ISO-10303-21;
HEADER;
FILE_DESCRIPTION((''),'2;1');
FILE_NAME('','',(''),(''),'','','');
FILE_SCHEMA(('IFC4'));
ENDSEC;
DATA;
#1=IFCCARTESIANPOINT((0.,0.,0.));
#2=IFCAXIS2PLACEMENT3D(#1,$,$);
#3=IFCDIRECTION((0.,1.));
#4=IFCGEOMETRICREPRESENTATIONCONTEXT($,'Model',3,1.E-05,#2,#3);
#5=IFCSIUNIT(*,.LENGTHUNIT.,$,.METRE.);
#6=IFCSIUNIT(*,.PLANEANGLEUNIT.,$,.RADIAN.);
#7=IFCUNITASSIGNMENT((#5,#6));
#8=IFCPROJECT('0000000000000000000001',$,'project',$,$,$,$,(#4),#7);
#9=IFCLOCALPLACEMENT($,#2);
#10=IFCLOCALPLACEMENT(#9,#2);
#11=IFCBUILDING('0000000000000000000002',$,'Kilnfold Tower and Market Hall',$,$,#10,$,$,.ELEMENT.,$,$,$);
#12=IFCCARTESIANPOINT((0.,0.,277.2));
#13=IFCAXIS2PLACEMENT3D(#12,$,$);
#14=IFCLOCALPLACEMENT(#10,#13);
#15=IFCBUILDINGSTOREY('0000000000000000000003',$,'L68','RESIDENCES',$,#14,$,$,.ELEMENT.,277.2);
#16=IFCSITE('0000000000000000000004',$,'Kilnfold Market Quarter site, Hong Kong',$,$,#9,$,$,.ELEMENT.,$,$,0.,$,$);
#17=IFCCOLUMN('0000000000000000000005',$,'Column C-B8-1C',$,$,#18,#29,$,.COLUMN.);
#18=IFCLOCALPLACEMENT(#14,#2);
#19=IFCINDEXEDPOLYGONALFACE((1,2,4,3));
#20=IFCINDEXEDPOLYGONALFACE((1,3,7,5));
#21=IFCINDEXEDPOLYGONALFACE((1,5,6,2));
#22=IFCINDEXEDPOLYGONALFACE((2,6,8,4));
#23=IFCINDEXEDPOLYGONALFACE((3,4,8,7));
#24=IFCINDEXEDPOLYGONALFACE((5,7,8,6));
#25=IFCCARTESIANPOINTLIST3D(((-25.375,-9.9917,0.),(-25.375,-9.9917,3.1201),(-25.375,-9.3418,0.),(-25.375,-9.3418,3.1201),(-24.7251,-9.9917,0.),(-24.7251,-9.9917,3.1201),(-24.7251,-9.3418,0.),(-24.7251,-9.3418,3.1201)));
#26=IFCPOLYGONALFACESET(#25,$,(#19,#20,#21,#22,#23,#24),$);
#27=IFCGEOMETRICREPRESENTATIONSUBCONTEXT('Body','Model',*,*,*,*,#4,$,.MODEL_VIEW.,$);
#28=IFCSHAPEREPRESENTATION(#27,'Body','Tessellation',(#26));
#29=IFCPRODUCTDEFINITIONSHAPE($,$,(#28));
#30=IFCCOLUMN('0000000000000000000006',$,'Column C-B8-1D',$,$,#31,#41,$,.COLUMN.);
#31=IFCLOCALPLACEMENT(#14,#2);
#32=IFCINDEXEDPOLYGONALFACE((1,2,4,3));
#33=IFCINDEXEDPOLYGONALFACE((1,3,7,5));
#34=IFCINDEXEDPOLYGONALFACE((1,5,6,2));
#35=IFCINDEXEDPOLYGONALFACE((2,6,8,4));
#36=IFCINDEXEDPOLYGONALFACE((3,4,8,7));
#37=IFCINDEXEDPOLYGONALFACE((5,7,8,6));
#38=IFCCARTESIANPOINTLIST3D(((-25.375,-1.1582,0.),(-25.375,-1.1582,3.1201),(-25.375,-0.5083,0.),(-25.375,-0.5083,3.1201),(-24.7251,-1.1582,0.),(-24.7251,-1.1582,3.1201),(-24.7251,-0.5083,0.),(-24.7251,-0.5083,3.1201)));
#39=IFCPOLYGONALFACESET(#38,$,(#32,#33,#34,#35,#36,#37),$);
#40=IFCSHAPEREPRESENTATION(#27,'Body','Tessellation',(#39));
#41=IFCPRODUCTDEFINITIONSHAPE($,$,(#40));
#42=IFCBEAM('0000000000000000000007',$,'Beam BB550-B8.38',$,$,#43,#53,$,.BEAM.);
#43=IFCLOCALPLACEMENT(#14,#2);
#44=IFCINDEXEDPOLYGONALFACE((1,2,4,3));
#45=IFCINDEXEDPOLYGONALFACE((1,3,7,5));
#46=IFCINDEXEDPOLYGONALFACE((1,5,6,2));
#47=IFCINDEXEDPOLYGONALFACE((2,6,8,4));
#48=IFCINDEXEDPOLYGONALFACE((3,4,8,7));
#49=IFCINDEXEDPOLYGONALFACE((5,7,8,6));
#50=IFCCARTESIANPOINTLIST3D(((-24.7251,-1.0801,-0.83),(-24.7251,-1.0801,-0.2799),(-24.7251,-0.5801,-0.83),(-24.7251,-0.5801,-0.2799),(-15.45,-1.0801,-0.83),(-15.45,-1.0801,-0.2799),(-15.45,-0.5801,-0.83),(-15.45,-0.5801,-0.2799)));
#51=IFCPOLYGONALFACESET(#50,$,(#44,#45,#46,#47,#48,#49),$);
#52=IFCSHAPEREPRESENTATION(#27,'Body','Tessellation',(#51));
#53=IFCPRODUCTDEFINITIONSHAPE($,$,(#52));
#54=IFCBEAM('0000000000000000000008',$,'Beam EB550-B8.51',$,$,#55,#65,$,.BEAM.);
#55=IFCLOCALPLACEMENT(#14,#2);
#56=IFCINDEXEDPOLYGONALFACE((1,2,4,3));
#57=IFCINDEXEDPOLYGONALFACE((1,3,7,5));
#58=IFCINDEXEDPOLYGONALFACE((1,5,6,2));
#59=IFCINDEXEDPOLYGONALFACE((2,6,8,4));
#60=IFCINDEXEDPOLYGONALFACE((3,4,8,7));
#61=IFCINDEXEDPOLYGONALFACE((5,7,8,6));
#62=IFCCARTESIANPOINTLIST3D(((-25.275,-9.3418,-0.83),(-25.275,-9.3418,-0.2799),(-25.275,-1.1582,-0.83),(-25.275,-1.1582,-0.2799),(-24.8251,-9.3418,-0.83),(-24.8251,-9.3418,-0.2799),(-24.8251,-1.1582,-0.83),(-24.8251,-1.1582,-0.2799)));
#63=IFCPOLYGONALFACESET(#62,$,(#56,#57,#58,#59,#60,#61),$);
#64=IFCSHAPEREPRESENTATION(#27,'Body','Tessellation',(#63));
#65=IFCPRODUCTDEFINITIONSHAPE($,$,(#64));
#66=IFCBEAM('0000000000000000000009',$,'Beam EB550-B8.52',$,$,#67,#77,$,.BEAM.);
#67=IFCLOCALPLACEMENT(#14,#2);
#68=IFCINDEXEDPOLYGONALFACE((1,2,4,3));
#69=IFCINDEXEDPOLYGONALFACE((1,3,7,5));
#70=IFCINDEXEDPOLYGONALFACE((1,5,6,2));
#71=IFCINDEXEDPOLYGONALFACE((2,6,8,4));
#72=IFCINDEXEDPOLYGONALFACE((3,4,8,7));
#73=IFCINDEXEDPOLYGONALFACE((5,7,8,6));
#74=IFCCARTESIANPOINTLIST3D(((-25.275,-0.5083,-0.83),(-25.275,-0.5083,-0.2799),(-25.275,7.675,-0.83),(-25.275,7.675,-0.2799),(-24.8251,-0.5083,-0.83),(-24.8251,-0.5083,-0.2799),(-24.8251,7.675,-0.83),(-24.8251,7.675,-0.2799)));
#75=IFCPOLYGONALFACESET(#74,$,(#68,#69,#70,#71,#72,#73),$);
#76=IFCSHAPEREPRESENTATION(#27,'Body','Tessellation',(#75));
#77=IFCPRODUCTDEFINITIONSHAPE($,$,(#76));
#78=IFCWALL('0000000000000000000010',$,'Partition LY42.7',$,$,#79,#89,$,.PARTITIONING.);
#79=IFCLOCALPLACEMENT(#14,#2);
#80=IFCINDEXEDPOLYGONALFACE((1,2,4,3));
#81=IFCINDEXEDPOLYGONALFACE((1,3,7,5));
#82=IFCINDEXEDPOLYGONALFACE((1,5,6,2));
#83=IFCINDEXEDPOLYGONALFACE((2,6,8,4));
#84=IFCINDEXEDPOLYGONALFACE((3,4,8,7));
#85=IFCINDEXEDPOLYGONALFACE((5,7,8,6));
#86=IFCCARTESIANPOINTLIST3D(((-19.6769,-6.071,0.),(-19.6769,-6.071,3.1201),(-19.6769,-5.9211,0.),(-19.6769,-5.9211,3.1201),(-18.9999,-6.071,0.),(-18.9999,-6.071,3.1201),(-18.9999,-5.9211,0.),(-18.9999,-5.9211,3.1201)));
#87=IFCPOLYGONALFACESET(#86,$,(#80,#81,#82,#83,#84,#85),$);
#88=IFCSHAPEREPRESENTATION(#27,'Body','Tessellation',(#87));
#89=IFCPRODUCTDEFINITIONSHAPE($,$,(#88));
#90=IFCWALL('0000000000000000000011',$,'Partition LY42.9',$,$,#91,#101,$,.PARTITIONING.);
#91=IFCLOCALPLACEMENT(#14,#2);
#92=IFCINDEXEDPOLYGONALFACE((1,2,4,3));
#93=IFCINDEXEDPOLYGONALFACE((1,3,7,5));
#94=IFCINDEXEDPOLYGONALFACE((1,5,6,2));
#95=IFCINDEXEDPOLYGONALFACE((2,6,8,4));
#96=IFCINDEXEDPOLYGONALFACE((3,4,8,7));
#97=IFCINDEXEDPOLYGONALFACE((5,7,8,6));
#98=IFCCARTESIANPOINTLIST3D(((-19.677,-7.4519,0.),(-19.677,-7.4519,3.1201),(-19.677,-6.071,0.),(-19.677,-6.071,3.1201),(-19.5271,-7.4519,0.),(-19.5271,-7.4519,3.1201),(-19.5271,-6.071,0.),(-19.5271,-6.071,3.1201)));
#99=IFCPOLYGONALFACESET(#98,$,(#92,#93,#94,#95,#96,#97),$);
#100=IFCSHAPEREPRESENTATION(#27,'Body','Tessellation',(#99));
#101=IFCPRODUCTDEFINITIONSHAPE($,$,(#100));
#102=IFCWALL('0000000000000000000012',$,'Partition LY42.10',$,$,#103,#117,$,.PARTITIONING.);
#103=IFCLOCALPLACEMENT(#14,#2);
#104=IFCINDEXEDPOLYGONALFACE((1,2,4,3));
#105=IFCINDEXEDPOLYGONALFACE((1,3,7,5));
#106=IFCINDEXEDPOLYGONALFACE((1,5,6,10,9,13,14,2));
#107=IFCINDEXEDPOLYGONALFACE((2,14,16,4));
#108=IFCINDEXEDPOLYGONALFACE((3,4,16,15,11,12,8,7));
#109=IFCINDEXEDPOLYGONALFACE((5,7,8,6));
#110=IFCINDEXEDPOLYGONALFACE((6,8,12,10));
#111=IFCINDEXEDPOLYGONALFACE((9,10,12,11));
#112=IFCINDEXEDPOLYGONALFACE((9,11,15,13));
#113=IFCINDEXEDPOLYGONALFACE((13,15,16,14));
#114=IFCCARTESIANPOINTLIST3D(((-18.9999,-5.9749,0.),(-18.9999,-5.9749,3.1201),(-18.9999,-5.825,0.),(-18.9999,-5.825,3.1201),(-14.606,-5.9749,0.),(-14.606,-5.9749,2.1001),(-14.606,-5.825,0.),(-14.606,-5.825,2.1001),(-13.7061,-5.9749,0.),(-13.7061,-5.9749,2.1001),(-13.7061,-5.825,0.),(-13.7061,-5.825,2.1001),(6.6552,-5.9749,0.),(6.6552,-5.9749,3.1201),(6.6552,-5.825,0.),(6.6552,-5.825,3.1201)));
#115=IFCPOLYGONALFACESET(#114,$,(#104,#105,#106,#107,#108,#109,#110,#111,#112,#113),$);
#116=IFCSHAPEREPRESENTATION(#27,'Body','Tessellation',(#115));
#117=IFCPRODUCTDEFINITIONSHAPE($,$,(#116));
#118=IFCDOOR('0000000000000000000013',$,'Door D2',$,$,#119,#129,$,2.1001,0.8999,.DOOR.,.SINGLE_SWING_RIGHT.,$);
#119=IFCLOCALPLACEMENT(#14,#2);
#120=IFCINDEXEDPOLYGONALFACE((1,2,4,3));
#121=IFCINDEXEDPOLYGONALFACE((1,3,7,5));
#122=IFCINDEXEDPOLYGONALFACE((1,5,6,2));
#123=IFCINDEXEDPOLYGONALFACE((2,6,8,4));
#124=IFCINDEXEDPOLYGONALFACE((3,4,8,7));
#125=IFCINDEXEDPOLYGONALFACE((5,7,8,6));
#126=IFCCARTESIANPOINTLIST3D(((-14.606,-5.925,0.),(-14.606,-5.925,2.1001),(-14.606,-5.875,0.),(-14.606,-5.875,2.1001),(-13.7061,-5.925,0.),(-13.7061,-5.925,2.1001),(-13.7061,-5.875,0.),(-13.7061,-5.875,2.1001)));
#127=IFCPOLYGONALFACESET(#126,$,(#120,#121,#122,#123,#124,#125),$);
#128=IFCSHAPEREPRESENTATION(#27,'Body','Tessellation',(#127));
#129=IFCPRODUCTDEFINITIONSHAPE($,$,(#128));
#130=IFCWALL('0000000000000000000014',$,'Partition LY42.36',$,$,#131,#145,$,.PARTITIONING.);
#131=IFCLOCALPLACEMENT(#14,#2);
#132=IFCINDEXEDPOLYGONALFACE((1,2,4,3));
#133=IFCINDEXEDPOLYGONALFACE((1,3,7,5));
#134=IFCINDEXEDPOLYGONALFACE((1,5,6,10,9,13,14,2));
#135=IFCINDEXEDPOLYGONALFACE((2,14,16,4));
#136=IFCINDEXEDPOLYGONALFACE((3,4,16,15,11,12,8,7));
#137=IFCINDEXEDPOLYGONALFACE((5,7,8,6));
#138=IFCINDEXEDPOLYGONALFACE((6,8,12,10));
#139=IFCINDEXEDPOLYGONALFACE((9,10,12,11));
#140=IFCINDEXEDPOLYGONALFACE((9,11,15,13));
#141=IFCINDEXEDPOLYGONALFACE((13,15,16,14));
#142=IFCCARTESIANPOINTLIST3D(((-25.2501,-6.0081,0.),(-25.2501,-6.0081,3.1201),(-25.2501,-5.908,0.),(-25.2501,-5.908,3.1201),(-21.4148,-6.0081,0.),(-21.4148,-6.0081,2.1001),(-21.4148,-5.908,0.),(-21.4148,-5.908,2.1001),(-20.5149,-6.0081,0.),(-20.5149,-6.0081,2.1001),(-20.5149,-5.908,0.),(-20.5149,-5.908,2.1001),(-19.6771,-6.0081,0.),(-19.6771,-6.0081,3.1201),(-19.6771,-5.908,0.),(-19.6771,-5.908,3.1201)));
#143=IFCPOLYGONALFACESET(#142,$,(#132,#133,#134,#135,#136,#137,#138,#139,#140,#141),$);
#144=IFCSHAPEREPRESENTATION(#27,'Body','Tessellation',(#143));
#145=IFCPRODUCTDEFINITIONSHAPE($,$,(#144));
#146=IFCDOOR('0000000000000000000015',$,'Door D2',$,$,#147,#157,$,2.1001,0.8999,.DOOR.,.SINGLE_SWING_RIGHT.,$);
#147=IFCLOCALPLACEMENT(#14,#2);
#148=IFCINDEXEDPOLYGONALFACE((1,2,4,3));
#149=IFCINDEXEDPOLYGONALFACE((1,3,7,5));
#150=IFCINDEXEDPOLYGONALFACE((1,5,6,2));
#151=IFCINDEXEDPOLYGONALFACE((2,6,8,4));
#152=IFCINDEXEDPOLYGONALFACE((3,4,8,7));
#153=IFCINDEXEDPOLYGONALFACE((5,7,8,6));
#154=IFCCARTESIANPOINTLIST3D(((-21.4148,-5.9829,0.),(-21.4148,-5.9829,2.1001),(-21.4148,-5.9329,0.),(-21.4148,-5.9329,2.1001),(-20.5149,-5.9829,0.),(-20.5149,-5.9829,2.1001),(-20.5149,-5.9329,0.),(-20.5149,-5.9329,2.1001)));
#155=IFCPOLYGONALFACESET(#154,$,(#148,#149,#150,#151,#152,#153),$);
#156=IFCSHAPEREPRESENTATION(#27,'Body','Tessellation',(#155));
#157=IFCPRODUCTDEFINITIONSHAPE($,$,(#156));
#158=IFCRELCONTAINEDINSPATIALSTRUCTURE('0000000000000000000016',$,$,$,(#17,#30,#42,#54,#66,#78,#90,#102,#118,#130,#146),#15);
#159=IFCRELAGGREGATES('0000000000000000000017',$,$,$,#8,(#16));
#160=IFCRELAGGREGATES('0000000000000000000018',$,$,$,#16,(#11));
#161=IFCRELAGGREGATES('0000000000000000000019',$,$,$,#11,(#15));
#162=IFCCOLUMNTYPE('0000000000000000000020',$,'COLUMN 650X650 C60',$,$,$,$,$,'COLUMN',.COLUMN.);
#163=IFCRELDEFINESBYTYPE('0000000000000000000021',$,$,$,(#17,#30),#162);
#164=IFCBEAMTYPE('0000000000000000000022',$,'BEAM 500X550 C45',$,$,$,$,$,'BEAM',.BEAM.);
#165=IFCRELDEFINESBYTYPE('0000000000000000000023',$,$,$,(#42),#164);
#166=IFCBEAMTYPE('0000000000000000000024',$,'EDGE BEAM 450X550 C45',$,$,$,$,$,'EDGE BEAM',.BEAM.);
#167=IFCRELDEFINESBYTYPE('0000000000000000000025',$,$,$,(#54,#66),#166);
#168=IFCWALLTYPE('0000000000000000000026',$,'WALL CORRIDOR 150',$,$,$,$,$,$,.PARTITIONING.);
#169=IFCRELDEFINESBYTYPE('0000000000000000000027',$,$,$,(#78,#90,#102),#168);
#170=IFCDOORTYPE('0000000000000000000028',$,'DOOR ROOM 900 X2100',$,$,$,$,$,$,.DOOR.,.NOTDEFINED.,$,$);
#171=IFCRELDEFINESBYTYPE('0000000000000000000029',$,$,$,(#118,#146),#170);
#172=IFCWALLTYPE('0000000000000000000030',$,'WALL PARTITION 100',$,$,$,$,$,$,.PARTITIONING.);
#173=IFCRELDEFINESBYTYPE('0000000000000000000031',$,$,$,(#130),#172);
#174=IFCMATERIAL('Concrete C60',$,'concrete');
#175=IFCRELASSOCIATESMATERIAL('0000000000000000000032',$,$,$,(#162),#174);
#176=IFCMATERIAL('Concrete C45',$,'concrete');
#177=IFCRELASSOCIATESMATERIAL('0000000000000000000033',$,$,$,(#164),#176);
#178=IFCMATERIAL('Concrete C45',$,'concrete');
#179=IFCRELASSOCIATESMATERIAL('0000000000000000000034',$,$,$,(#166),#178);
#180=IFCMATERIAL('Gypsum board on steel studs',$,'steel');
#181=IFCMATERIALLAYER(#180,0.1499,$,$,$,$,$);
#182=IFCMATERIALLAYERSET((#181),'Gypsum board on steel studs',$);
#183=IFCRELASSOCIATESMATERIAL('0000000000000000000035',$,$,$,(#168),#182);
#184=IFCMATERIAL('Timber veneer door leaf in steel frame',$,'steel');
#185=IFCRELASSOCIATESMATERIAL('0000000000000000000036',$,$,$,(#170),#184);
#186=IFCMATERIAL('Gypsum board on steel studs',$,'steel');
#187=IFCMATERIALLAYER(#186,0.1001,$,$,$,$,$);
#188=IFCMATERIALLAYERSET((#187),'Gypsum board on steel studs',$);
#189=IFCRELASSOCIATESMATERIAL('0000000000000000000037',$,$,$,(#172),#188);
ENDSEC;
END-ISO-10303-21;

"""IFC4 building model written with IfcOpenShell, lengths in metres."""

from ifc_helpers import new_model, si_unit, direction, frame, frame_2d, origin, origin_2d, place, context, subcontext, project, spatial, rectangle, extrude, source, transform, mapped, material, layer, layer_set, material_profile, profile_set, type_object, element, fill, save


model = new_model("IFC4")

# Units and contexts
model_context = context("Model", 3, precision=1e-05, world=origin(), true_north=direction((0.0, 1.0)))
body_context = subcontext(model_context, "Body", "Model", "MODEL_VIEW")
ifc_project = project(units=[si_unit("LENGTHUNIT", "METRE"), si_unit("PLANEANGLEUNIT", "RADIAN")], contexts=[model_context])

# Site, building, storey
site_placement = place(None, origin())
site = spatial("IfcSite", under=ifc_project, at=site_placement, Name="Kilnfold Market Quarter site, Hong Kong", CompositionType="ELEMENT", RefElevation=0.0)
building_placement = place(site_placement, origin())
building = spatial("IfcBuilding", under=site, at=building_placement, Name="Kilnfold Tower and Market Hall", CompositionType="ELEMENT")
storey_placement = place(building_placement, frame((0.0, 0.0, 277.2)))
storey = spatial("IfcBuildingStorey", under=building, at=storey_placement, Name="L68", Description="RESIDENCES", CompositionType="ELEMENT", Elevation=277.2)

# Columns
ifc_material_1 = material(Name="Concrete C60", Category="concrete")
ifc_material_profile_1 = material_profile(ifc_material_1, rectangle(XDim=0.6499, YDim=0.6499, at=origin_2d()), Name="RC 650x650")
ifc_profile_set_1 = profile_set([ifc_material_profile_1], Name="Concrete C60")
column_type = type_object("IfcColumnType", Name="COLUMN 650X650 C60", ElementType="COLUMN", PredefinedType="COLUMN", material=ifc_profile_set_1)
shared_shape_1 = source(origin(), body_context, "Body", "SweptSolid", [
    extrude(rectangle(XDim=0.6499, YDim=0.6499, at=origin_2d()), origin(), (0.0, 0.0, 1.0), 3.1201),
])
for number, where, z_axis, x_axis, name in (
    (1, (-25.05, -9.6667, 0.0), (0.0, 0.0, 1.0), (1.0, 0.0, 0.0), "Column C-B8-1C"),
    (2, (-25.05, -0.8333, 0.0), (0.0, 0.0, 1.0), (1.0, 0.0, 0.0), "Column C-B8-1D"),
):
    element("IfcColumn", number, at=place(storey_placement, frame(where, z_axis=z_axis, x_axis=x_axis)), inside=storey, type_object=column_type, Name=name, PredefinedType="COLUMN", context=body_context, shape_type="MappedRepresentation", body=[
        mapped(shared_shape_1, transform((0.0, 0.0, 0.0))),
    ])

# Beams
ifc_material_2 = material(Name="Concrete C45", Category="concrete")
ifc_material_profile_2 = material_profile(ifc_material_2, rectangle(XDim=0.5, YDim=0.55, at=origin_2d()), Name="RC 500x550")
ifc_profile_set_2 = profile_set([ifc_material_profile_2], Name="Concrete C45")
beam_type_1 = type_object("IfcBeamType", Name="BEAM 500X550 C45", ElementType="BEAM", PredefinedType="BEAM", material=ifc_profile_set_2)
shared_shape_2 = source(origin(), body_context, "Body", "SweptSolid", [
    extrude(rectangle(XDim=0.5, YDim=0.55, at=origin_2d()), origin(), (0.0, 0.0, 1.0), 9.2751),
])
beam_1_placement = place(storey_placement, frame((-24.7251, -0.8301, -0.5549), z_axis=(1.0, 0.0, 0.0), x_axis=(0.0, 1.0, 0.0)))
element("IfcBeam", 3, at=beam_1_placement, inside=storey, type_object=beam_type_1, Name="Beam BB550-B8.38", PredefinedType="BEAM", context=body_context, shape_type="MappedRepresentation", body=[
    mapped(shared_shape_2, transform((0.0, 0.0, 0.0))),
])
ifc_material_3 = material(Name="Concrete C45", Category="concrete")
ifc_material_profile_3 = material_profile(ifc_material_3, rectangle(XDim=0.45, YDim=0.55, at=origin_2d()), Name="RC 450x550")
ifc_profile_set_3 = profile_set([ifc_material_profile_3], Name="Concrete C45")
beam_type_2 = type_object("IfcBeamType", Name="EDGE BEAM 450X550 C45", ElementType="EDGE BEAM", PredefinedType="BEAM", material=ifc_profile_set_3)
shared_shape_3 = source(origin(), body_context, "Body", "SweptSolid", [
    extrude(rectangle(XDim=0.45, YDim=0.55, at=origin_2d()), origin(), (0.0, 0.0, 1.0), 8.1836),
])
beam_2_placement = place(storey_placement, frame((-25.05, -9.3418, -0.5549), z_axis=(0.0, 1.0, 0.0), x_axis=(-1.0, 0.0, 0.0)))
element("IfcBeam", 4, at=beam_2_placement, inside=storey, type_object=beam_type_2, Name="Beam EB550-B8.51", PredefinedType="BEAM", context=body_context, shape_type="MappedRepresentation", body=[
    mapped(shared_shape_3, transform((0.0, 0.0, 0.0))),
])
shared_shape_4 = source(origin(), body_context, "Body", "SweptSolid", [
    extrude(rectangle(XDim=0.45, YDim=0.55, at=origin_2d()), origin(), (0.0, 0.0, 1.0), 8.1833),
])
beam_3_placement = place(storey_placement, frame((-25.05, -0.5083, -0.5549), z_axis=(0.0, 1.0, 0.0), x_axis=(-1.0, 0.0, 0.0)))
element("IfcBeam", 5, at=beam_3_placement, inside=storey, type_object=beam_type_2, Name="Beam EB550-B8.52", PredefinedType="BEAM", context=body_context, shape_type="MappedRepresentation", body=[
    mapped(shared_shape_4, transform((0.0, 0.0, 0.0))),
])

# Walls
ifc_material_4 = material(Name="Gypsum board on steel studs", Category="steel")
ifc_layer_1 = layer(ifc_material_4, 0.1499)
ifc_layer_set_1 = layer_set([ifc_layer_1], Name="Gypsum board on steel studs")
wall_type_1 = type_object("IfcWallType", Name="WALL CORRIDOR 150", PredefinedType="PARTITIONING", material=ifc_layer_set_1)
wall_1_placement = place(storey_placement, frame((-19.0, -5.9961, 0.0), z_axis=(0.0, 0.0, 1.0), x_axis=(-1.0, 0.0, 0.0)))
element("IfcWall", 6, at=wall_1_placement, inside=storey, type_object=wall_type_1, Name="Partition LY42.7", PredefinedType="PARTITIONING", context=body_context, shape_type="SweptSolid", body=[
    extrude(rectangle(XDim=0.677, YDim=0.1499, at=frame_2d((0.3384, 0.0))), origin(), (0.0, 0.0, 1.0), 3.1201),
])
wall_2_placement = place(storey_placement, frame((-19.6021, -7.4519, 0.0), z_axis=(0.0, 0.0, 1.0), x_axis=(0.0, 1.0, 0.0)))
element("IfcWall", 7, at=wall_2_placement, inside=storey, type_object=wall_type_1, Name="Partition LY42.9", PredefinedType="PARTITIONING", context=body_context, shape_type="SweptSolid", body=[
    extrude(rectangle(XDim=1.3809, YDim=0.1499, at=frame_2d((0.6904, 0.0))), origin(), (0.0, 0.0, 1.0), 3.1201),
])

# Walls, openings, doors
wall_3_placement = place(storey_placement, frame((-19.0, -5.8999, 0.0), z_axis=(0.0, 0.0, 1.0), x_axis=(1.0, 0.0, 0.0)))
wall_3 = element("IfcWall", 8, at=wall_3_placement, inside=storey, type_object=wall_type_1, Name="Partition LY42.10", PredefinedType="PARTITIONING", context=body_context, shape_type="SweptSolid", body=[
    extrude(rectangle(XDim=25.655, YDim=0.1499, at=frame_2d((12.8276, 0.0))), origin(), (0.0, 0.0, 1.0), 3.1201),
])
opening_1_placement = place(wall_3_placement, frame((4.394, 0.0, 0.0)))
opening_1 = element("IfcOpeningElement", 9, at=opening_1_placement, cuts=wall_3, PredefinedType="OPENING", context=body_context, shape_type="SweptSolid", body=[
    extrude(rectangle(XDim=0.8999, YDim=2.1001, at=frame_2d((0.45, 1.05))), frame((0.0, 0.085, 0.0), z_axis=(0.0, -1.0, 0.0), x_axis=(1.0, 0.0, 0.0)), (0.0, 0.0, 1.0), 0.1699),
])
ifc_material_5 = material(Name="Timber veneer door leaf in steel frame", Category="steel")
door_type_1 = type_object("IfcDoorType", Name="DOOR ROOM 900 X2100", OperationType="NOTDEFINED", PredefinedType="DOOR", material=ifc_material_5)
door_1_placement = place(opening_1_placement, origin())
door_1 = element("IfcDoor", 10, at=door_1_placement, inside=storey, type_object=door_type_1, Name="Door D2", OperationType="SINGLE_SWING_RIGHT", OverallHeight=2.1001, OverallWidth=0.8999, PredefinedType="DOOR", context=body_context, shape_type="SweptSolid", body=[
    extrude(rectangle(XDim=0.8999, YDim=2.1001, at=frame_2d((0.45, 1.05))), frame((0.0, 0.0249, 0.0), z_axis=(0.0, -1.0, 0.0), x_axis=(1.0, 0.0, 0.0)), (0.0, 0.0, 1.0), 0.05),
])
fill(opening_1, door_1)
ifc_material_6 = material(Name="Gypsum board on steel studs", Category="steel")
ifc_layer_2 = layer(ifc_material_6, 0.1001)
ifc_layer_set_2 = layer_set([ifc_layer_2], Name="Gypsum board on steel studs")
wall_type_2 = type_object("IfcWallType", Name="WALL PARTITION 100", PredefinedType="PARTITIONING", material=ifc_layer_set_2)
wall_4_placement = place(storey_placement, frame((-19.677, -5.958, 0.0), z_axis=(0.0, 0.0, 1.0), x_axis=(-1.0, 0.0, 0.0)))
wall_4 = element("IfcWall", 11, at=wall_4_placement, inside=storey, type_object=wall_type_2, Name="Partition LY42.36", PredefinedType="PARTITIONING", context=body_context, shape_type="SweptSolid", body=[
    extrude(rectangle(XDim=5.573, YDim=0.1001, at=frame_2d((2.7866, 0.0))), origin(), (0.0, 0.0, 1.0), 3.1201),
])
opening_2_placement = place(wall_4_placement, frame((0.8379, 0.0, 0.0)))
opening_2 = element("IfcOpeningElement", 12, at=opening_2_placement, cuts=wall_4, PredefinedType="OPENING", context=body_context, shape_type="SweptSolid", body=[
    extrude(rectangle(XDim=0.8999, YDim=2.1001, at=frame_2d((0.45, 1.05))), frame((0.0, 0.0601, 0.0), z_axis=(0.0, -1.0, 0.0), x_axis=(1.0, 0.0, 0.0)), (0.0, 0.0, 1.0), 0.1201),
])
door_2_placement = place(opening_2_placement, origin())
door_2 = element("IfcDoor", 13, at=door_2_placement, inside=storey, type_object=door_type_1, Name="Door D2", OperationType="SINGLE_SWING_RIGHT", OverallHeight=2.1001, OverallWidth=0.8999, PredefinedType="DOOR", context=body_context, shape_type="SweptSolid", body=[
    extrude(rectangle(XDim=0.8999, YDim=2.1001, at=frame_2d((0.45, 1.05))), frame((0.0, 0.0249, 0.0), z_axis=(0.0, -1.0, 0.0), x_axis=(1.0, 0.0, 0.0)), (0.0, 0.0, 1.0), 0.05),
])
fill(opening_2, door_2)

save(model, "model.ifc")
